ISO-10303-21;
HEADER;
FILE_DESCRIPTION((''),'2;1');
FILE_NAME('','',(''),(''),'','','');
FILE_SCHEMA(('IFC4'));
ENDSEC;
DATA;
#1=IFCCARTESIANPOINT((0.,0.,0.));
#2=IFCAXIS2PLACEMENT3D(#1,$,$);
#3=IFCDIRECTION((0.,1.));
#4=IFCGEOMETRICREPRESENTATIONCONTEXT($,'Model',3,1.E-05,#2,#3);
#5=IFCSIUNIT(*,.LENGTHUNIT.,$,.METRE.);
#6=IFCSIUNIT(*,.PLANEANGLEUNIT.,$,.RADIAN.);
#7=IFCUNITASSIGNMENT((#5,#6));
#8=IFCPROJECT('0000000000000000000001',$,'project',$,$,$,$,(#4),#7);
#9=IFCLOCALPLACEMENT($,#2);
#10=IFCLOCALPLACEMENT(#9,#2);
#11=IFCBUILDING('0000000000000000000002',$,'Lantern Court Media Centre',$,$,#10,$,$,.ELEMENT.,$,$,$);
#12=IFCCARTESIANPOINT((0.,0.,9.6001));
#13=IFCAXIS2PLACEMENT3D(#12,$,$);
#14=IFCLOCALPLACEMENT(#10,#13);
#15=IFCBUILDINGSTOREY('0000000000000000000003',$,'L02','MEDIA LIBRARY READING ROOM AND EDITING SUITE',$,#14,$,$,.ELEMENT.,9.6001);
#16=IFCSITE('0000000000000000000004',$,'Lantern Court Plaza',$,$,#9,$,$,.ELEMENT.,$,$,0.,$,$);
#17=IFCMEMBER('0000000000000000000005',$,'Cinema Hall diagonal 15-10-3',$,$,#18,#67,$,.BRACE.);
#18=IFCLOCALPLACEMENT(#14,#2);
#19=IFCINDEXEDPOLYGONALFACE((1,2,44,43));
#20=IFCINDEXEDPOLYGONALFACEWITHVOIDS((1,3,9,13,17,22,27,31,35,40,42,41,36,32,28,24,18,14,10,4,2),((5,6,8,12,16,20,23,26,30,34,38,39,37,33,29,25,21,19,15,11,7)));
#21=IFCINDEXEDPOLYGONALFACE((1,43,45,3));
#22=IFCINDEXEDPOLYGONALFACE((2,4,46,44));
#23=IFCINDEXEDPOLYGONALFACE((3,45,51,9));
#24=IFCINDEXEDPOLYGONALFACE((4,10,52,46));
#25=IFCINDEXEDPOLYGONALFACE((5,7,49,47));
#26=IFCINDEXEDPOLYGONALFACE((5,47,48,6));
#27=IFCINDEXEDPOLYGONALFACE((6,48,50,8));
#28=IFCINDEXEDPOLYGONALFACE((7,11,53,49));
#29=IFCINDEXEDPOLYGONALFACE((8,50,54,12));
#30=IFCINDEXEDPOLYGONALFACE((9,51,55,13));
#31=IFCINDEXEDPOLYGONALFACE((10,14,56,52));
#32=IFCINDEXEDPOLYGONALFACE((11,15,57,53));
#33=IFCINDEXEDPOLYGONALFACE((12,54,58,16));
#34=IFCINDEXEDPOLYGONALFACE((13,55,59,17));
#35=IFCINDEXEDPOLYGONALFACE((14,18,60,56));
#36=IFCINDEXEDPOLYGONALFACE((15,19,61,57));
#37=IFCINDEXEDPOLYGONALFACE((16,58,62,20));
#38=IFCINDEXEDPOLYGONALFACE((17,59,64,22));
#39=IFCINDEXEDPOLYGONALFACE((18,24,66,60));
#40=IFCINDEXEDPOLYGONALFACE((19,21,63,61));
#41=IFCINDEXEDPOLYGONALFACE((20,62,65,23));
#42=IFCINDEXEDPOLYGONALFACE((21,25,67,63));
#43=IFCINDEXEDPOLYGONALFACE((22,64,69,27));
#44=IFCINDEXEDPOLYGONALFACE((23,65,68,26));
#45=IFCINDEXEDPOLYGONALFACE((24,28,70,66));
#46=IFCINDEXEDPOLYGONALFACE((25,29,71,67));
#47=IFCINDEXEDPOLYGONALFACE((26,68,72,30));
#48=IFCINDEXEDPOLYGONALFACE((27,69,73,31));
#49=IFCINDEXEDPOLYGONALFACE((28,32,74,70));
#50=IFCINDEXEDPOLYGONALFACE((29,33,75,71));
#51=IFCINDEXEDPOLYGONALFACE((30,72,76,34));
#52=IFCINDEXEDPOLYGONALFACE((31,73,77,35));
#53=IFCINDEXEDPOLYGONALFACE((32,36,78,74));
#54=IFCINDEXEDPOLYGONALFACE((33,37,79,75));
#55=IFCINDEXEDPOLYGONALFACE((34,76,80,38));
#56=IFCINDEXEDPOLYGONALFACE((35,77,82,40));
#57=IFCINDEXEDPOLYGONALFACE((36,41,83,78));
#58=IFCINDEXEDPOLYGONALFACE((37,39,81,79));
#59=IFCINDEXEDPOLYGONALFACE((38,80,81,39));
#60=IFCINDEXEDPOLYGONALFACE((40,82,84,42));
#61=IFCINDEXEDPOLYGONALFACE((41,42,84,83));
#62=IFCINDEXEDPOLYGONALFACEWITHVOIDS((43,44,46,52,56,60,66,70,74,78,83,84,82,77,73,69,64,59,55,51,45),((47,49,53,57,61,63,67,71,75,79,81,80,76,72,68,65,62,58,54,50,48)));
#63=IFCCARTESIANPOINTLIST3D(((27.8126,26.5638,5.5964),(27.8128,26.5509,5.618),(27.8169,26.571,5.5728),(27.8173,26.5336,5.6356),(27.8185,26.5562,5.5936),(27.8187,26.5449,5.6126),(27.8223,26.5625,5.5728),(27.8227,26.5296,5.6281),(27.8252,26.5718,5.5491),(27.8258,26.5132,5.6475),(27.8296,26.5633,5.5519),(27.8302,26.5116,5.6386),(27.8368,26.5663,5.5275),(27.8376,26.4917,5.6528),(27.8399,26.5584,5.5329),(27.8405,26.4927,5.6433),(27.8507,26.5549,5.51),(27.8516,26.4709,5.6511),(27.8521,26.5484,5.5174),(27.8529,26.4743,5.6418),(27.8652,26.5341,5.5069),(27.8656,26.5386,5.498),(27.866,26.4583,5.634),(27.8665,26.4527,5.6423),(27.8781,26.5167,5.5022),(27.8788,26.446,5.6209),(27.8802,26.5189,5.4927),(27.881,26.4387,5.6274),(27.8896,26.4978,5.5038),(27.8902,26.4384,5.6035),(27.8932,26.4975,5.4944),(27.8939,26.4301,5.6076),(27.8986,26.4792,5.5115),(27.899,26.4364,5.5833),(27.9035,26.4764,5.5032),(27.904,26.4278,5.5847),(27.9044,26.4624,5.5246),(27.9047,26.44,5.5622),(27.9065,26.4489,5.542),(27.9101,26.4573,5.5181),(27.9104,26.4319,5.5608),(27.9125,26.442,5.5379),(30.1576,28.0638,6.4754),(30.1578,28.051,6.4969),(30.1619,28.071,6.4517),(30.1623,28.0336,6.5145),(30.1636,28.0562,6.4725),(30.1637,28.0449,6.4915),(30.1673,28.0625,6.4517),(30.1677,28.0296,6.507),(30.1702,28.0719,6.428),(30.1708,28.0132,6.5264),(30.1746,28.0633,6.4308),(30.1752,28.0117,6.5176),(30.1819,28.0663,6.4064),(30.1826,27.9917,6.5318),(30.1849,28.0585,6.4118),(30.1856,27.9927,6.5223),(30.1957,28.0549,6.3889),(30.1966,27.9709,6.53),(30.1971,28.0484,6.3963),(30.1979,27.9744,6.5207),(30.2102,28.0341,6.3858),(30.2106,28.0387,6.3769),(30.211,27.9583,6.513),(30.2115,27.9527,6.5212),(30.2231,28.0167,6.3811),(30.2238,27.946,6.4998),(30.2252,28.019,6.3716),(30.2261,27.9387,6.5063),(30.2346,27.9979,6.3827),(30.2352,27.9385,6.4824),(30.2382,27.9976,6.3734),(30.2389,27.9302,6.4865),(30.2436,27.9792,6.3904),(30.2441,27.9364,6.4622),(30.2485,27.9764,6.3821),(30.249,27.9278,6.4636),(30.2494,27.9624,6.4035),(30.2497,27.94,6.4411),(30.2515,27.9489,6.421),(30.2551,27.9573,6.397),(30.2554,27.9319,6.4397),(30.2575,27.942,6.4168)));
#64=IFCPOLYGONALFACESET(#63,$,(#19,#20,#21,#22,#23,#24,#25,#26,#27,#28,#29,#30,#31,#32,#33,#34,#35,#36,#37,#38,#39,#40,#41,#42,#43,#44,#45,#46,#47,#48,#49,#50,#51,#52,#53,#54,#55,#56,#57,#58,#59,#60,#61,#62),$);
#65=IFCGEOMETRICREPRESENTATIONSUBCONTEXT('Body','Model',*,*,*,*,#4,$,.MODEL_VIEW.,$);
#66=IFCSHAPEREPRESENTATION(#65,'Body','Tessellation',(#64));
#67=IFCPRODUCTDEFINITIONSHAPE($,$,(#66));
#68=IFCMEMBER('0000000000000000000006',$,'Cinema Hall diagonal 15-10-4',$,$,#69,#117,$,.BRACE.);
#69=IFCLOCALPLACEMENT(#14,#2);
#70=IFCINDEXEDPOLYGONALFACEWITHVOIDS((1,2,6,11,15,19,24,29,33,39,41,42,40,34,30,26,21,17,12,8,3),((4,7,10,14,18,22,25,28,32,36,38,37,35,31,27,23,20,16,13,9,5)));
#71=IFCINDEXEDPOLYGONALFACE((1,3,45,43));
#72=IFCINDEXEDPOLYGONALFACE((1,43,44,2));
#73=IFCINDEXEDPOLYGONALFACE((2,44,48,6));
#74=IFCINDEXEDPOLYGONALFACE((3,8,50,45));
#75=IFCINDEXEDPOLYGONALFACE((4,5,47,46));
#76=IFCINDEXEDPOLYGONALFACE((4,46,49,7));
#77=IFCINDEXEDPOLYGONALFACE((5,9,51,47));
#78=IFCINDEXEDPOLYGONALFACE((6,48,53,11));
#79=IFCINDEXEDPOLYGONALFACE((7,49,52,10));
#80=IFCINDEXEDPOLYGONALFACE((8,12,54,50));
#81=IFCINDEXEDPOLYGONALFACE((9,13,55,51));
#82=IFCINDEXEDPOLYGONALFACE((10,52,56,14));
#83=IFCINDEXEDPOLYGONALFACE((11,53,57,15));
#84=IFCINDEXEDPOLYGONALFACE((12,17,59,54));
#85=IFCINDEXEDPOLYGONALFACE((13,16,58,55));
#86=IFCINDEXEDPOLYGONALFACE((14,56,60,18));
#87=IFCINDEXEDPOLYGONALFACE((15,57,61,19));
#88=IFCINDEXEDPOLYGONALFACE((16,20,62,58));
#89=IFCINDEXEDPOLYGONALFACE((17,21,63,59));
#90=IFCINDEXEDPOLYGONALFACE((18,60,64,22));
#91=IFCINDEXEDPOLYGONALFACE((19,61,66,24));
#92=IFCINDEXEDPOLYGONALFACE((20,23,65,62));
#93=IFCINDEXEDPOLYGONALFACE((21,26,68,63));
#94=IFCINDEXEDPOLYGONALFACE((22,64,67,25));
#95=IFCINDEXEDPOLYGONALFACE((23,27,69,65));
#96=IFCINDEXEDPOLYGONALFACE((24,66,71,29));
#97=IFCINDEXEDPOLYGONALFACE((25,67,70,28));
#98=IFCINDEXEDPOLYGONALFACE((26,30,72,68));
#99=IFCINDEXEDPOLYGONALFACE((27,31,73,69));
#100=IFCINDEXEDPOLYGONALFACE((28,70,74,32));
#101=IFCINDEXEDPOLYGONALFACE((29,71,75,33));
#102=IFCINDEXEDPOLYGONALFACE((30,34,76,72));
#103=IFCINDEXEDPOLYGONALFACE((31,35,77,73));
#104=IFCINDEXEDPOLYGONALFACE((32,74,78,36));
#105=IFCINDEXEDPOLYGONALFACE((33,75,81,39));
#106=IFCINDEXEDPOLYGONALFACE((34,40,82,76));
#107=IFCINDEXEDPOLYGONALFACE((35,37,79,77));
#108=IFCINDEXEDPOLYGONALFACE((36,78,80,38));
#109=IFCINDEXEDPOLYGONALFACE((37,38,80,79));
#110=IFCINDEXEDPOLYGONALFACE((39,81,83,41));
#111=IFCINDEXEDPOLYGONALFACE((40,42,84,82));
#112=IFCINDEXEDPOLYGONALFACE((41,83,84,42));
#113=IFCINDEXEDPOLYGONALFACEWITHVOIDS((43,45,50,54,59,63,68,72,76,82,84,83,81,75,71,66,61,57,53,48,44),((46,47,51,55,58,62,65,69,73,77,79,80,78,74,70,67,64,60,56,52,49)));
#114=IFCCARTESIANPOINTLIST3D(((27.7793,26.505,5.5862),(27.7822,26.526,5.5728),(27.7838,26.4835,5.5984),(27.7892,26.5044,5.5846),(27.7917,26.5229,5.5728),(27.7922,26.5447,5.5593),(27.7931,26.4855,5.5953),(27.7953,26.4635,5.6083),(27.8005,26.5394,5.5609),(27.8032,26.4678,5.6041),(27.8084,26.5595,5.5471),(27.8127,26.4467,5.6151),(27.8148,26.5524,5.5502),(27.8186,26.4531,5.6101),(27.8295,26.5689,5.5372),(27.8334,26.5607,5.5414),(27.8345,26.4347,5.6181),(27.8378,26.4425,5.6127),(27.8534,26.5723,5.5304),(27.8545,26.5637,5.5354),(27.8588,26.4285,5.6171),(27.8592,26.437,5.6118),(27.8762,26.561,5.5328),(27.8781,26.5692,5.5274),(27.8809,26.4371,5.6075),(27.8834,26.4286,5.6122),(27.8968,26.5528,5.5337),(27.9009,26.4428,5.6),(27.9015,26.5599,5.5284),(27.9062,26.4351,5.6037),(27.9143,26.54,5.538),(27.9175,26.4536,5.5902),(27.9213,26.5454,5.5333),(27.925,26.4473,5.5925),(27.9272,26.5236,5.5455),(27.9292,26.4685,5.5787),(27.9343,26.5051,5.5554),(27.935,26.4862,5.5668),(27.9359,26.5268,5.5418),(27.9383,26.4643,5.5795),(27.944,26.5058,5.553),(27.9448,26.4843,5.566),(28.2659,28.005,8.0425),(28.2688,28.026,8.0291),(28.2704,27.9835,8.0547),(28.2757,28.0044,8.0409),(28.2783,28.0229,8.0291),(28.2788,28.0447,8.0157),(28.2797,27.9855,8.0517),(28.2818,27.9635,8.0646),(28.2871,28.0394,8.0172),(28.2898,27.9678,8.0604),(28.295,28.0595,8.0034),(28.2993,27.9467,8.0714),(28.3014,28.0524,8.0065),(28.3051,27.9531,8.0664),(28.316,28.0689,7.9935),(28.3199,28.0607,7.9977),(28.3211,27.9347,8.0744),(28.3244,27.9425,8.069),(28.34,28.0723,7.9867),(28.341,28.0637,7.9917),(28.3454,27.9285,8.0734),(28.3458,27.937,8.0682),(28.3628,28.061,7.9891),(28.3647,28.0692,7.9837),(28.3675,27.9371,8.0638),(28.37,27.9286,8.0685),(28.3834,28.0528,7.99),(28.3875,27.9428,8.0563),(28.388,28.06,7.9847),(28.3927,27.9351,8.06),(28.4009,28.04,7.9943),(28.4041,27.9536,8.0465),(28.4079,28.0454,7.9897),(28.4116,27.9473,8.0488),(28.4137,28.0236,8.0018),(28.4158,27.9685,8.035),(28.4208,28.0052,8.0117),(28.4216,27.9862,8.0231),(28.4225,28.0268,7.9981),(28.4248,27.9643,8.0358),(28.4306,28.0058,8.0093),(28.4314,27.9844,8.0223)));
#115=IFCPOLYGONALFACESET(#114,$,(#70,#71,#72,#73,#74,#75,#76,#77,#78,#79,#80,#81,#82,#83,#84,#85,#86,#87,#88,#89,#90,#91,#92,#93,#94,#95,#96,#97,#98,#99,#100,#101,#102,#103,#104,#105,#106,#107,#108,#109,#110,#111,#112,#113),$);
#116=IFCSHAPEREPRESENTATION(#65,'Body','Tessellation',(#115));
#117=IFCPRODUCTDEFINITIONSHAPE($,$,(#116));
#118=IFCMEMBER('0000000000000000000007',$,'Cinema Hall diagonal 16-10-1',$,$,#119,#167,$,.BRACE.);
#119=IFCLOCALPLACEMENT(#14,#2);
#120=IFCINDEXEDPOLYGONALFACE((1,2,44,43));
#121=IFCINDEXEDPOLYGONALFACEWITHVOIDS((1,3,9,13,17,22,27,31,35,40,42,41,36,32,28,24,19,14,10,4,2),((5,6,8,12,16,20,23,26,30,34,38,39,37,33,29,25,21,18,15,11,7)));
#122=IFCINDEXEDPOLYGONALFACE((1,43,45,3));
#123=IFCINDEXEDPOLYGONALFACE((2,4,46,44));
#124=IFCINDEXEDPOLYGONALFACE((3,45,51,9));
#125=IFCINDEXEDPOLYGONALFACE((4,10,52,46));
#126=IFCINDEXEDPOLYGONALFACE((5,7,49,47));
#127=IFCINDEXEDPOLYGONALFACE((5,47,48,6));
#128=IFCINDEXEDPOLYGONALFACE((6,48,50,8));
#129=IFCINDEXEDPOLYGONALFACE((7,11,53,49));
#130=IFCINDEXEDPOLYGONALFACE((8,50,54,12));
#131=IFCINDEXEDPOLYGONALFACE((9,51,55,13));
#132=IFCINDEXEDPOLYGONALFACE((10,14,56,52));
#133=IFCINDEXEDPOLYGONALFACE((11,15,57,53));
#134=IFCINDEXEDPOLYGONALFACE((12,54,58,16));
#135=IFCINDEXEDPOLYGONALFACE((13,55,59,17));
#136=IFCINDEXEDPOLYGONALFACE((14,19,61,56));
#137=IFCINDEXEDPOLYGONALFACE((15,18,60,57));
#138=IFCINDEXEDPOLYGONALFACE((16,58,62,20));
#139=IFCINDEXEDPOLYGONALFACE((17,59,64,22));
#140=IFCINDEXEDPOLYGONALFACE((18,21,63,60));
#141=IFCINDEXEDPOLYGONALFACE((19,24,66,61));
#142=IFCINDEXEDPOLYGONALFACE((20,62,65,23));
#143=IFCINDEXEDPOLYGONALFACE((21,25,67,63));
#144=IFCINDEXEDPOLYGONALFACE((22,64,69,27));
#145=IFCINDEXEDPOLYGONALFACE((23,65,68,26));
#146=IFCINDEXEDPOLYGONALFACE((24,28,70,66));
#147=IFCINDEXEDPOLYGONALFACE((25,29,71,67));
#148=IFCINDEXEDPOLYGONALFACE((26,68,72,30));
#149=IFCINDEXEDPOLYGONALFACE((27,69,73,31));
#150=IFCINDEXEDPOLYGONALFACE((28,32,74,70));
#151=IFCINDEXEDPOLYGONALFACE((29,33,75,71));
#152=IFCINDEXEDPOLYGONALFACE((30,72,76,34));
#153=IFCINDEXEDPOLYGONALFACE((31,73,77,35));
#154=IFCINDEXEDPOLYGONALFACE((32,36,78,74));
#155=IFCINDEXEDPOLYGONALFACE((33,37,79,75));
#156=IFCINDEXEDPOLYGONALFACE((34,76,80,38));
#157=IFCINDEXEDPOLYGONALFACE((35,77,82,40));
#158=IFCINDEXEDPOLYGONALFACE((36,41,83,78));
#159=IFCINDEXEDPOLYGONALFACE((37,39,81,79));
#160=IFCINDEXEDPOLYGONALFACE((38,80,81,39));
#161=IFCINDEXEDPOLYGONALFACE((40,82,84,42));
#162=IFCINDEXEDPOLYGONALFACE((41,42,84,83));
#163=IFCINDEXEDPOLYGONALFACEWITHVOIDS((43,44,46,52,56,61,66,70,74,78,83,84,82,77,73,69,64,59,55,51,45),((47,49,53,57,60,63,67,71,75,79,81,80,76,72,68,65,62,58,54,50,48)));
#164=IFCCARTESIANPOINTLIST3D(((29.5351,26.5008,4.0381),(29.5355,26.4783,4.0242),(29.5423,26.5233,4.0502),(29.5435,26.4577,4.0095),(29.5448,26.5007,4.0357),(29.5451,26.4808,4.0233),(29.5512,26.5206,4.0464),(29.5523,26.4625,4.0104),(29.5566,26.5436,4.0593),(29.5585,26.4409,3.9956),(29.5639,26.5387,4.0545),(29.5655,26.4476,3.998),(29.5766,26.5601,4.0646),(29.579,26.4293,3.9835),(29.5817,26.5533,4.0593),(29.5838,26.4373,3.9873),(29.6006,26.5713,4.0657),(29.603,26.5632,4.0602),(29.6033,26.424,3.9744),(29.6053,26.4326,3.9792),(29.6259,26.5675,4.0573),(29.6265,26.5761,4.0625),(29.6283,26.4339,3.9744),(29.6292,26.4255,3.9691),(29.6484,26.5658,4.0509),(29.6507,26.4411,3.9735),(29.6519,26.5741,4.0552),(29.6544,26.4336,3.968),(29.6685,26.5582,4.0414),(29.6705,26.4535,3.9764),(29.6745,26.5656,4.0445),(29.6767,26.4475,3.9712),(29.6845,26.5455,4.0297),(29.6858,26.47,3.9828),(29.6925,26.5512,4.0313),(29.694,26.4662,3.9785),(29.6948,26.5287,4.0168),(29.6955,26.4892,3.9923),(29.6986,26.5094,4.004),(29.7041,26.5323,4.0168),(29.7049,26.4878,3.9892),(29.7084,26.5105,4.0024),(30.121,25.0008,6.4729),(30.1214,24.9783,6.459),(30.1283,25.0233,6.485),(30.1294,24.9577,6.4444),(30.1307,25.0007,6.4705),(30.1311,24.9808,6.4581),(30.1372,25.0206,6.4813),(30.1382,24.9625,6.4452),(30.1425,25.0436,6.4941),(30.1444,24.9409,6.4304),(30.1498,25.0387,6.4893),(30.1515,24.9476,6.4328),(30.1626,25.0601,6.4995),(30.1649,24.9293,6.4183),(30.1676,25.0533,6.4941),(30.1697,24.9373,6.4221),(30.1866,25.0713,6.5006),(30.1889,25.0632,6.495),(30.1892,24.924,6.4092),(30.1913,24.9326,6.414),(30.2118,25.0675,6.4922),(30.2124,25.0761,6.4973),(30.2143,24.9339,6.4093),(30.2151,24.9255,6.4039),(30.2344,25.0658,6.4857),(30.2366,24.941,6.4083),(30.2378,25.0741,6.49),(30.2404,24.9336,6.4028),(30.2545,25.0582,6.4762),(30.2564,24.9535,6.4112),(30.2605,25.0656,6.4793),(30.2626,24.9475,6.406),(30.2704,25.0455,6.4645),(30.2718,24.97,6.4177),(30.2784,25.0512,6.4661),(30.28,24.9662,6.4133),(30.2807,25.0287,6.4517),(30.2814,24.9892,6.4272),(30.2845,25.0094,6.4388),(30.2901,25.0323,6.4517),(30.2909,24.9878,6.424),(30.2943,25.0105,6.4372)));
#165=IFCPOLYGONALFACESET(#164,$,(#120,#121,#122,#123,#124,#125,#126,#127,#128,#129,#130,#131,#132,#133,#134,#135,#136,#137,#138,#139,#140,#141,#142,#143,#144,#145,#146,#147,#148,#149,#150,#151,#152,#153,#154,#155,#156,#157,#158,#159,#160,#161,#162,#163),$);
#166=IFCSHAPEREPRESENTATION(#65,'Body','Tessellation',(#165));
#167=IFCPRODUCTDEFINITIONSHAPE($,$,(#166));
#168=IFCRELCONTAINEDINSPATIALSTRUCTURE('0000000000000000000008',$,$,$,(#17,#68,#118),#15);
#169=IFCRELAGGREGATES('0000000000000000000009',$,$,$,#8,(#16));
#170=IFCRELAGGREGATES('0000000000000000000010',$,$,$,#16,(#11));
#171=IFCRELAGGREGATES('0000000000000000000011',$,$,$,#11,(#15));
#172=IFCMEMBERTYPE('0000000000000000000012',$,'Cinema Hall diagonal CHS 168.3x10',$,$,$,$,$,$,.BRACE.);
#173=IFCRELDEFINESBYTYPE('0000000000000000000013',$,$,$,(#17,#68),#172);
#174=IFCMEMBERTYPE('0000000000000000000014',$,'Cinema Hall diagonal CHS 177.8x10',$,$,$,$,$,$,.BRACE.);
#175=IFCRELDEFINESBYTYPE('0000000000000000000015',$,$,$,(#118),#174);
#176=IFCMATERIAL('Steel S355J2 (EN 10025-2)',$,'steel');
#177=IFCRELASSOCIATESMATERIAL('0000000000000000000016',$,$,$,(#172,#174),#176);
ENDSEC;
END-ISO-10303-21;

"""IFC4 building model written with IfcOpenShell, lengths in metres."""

from ifc_helpers import new_model, si_unit, direction, frame, origin, origin_2d, place, context, subcontext, project, spatial, hollow_circle, extrude, material, material_profile, profile_set, type_object, element, save


model = new_model("IFC4")

# Units and contexts
model_context = context("Model", 3, precision=1e-05, world=origin(), true_north=direction((0.0, 1.0)))
body_context = subcontext(model_context, "Body", "Model", "MODEL_VIEW")
ifc_project = project(units=[si_unit("LENGTHUNIT", "METRE"), si_unit("PLANEANGLEUNIT", "RADIAN")], contexts=[model_context])

# Site, building, storey
site_placement = place(None, origin())
site = spatial("IfcSite", under=ifc_project, at=site_placement, Name="Lantern Court Plaza", CompositionType="ELEMENT", RefElevation=0.0)
building_placement = place(site_placement, origin())
building = spatial("IfcBuilding", under=site, at=building_placement, Name="Lantern Court Media Centre", CompositionType="ELEMENT")
storey_placement = place(building_placement, frame((0.0, 0.0, 9.6001)))
storey = spatial("IfcBuildingStorey", under=building, at=storey_placement, Name="L02", Description="MEDIA LIBRARY READING ROOM AND EDITING SUITE", CompositionType="ELEMENT", Elevation=9.6001)

# Members
ifc_material_1 = material(Name="Steel S355J2 (EN 10025-2)", Category="steel")
ifc_material_profile_1 = material_profile(ifc_material_1, hollow_circle(Radius=0.0842, WallThickness=0.01, at=origin_2d()), Name="Cinema Hall diagonal CHS 168.3x10")
ifc_profile_set_1 = profile_set([ifc_material_profile_1], Name="Steel S355J2 (EN 10025-2)")
member_type_1 = type_object("IfcMemberType", Name="Cinema Hall diagonal CHS 168.3x10", PredefinedType="BRACE", material=ifc_profile_set_1)
member_1_placement = place(storey_placement, frame((27.8623, 26.5, 5.5728), z_axis=(0.803309, 0.51385, 0.301084), x_axis=(-0.538855, 0.842399, 0.0)))
element("IfcMember", 1, at=member_1_placement, inside=storey, type_object=member_type_1, Name="Cinema Hall diagonal 15-10-3", PredefinedType="BRACE", context=body_context, shape_type="SweptSolid", body=[
    extrude(hollow_circle(Radius=0.0842, WallThickness=0.01, at=origin_2d()), origin(), (0.0, 0.0, 1.0), 2.9192),
])
member_2_placement = place(storey_placement, frame((27.8623, 26.5, 5.5728), z_axis=(0.166695, 0.513887, 0.841506), x_axis=(-0.951207, 0.308554, 0.0)))
element("IfcMember", 2, at=member_2_placement, inside=storey, type_object=member_type_1, Name="Cinema Hall diagonal 15-10-4", PredefinedType="BRACE", context=body_context, shape_type="SweptSolid", body=[
    extrude(hollow_circle(Radius=0.0842, WallThickness=0.01, at=origin_2d()), origin(), (0.0, 0.0, 1.0), 2.9189),
])
ifc_material_profile_2 = material_profile(ifc_material_1, hollow_circle(Radius=0.0889, WallThickness=0.01, at=origin_2d()), Name="Cinema Hall diagonal CHS 177.8x10")
ifc_profile_set_2 = profile_set([ifc_material_profile_2], Name="Steel S355J2 (EN 10025-2)")
member_type_2 = type_object("IfcMemberType", Name="Cinema Hall diagonal CHS 177.8x10", PredefinedType="BRACE", material=ifc_profile_set_2)
for number, where, z_axis, x_axis, name in (
    (3, (29.6213, 26.5, 4.0168), (0.20072, -0.513842, 0.834073), (0.931457, 0.363851, 0.0), "Cinema Hall diagonal 16-10-1"),
):
    element("IfcMember", number, at=place(storey_placement, frame(where, z_axis=z_axis, x_axis=x_axis)), inside=storey, type_object=member_type_2, Name=name, PredefinedType="BRACE", context=body_context, shape_type="SweptSolid", body=[
        extrude(hollow_circle(Radius=0.0889, WallThickness=0.01, at=origin_2d()), origin(), (0.0, 0.0, 1.0), 2.9192),
    ])

save(model, "model.ifc")
